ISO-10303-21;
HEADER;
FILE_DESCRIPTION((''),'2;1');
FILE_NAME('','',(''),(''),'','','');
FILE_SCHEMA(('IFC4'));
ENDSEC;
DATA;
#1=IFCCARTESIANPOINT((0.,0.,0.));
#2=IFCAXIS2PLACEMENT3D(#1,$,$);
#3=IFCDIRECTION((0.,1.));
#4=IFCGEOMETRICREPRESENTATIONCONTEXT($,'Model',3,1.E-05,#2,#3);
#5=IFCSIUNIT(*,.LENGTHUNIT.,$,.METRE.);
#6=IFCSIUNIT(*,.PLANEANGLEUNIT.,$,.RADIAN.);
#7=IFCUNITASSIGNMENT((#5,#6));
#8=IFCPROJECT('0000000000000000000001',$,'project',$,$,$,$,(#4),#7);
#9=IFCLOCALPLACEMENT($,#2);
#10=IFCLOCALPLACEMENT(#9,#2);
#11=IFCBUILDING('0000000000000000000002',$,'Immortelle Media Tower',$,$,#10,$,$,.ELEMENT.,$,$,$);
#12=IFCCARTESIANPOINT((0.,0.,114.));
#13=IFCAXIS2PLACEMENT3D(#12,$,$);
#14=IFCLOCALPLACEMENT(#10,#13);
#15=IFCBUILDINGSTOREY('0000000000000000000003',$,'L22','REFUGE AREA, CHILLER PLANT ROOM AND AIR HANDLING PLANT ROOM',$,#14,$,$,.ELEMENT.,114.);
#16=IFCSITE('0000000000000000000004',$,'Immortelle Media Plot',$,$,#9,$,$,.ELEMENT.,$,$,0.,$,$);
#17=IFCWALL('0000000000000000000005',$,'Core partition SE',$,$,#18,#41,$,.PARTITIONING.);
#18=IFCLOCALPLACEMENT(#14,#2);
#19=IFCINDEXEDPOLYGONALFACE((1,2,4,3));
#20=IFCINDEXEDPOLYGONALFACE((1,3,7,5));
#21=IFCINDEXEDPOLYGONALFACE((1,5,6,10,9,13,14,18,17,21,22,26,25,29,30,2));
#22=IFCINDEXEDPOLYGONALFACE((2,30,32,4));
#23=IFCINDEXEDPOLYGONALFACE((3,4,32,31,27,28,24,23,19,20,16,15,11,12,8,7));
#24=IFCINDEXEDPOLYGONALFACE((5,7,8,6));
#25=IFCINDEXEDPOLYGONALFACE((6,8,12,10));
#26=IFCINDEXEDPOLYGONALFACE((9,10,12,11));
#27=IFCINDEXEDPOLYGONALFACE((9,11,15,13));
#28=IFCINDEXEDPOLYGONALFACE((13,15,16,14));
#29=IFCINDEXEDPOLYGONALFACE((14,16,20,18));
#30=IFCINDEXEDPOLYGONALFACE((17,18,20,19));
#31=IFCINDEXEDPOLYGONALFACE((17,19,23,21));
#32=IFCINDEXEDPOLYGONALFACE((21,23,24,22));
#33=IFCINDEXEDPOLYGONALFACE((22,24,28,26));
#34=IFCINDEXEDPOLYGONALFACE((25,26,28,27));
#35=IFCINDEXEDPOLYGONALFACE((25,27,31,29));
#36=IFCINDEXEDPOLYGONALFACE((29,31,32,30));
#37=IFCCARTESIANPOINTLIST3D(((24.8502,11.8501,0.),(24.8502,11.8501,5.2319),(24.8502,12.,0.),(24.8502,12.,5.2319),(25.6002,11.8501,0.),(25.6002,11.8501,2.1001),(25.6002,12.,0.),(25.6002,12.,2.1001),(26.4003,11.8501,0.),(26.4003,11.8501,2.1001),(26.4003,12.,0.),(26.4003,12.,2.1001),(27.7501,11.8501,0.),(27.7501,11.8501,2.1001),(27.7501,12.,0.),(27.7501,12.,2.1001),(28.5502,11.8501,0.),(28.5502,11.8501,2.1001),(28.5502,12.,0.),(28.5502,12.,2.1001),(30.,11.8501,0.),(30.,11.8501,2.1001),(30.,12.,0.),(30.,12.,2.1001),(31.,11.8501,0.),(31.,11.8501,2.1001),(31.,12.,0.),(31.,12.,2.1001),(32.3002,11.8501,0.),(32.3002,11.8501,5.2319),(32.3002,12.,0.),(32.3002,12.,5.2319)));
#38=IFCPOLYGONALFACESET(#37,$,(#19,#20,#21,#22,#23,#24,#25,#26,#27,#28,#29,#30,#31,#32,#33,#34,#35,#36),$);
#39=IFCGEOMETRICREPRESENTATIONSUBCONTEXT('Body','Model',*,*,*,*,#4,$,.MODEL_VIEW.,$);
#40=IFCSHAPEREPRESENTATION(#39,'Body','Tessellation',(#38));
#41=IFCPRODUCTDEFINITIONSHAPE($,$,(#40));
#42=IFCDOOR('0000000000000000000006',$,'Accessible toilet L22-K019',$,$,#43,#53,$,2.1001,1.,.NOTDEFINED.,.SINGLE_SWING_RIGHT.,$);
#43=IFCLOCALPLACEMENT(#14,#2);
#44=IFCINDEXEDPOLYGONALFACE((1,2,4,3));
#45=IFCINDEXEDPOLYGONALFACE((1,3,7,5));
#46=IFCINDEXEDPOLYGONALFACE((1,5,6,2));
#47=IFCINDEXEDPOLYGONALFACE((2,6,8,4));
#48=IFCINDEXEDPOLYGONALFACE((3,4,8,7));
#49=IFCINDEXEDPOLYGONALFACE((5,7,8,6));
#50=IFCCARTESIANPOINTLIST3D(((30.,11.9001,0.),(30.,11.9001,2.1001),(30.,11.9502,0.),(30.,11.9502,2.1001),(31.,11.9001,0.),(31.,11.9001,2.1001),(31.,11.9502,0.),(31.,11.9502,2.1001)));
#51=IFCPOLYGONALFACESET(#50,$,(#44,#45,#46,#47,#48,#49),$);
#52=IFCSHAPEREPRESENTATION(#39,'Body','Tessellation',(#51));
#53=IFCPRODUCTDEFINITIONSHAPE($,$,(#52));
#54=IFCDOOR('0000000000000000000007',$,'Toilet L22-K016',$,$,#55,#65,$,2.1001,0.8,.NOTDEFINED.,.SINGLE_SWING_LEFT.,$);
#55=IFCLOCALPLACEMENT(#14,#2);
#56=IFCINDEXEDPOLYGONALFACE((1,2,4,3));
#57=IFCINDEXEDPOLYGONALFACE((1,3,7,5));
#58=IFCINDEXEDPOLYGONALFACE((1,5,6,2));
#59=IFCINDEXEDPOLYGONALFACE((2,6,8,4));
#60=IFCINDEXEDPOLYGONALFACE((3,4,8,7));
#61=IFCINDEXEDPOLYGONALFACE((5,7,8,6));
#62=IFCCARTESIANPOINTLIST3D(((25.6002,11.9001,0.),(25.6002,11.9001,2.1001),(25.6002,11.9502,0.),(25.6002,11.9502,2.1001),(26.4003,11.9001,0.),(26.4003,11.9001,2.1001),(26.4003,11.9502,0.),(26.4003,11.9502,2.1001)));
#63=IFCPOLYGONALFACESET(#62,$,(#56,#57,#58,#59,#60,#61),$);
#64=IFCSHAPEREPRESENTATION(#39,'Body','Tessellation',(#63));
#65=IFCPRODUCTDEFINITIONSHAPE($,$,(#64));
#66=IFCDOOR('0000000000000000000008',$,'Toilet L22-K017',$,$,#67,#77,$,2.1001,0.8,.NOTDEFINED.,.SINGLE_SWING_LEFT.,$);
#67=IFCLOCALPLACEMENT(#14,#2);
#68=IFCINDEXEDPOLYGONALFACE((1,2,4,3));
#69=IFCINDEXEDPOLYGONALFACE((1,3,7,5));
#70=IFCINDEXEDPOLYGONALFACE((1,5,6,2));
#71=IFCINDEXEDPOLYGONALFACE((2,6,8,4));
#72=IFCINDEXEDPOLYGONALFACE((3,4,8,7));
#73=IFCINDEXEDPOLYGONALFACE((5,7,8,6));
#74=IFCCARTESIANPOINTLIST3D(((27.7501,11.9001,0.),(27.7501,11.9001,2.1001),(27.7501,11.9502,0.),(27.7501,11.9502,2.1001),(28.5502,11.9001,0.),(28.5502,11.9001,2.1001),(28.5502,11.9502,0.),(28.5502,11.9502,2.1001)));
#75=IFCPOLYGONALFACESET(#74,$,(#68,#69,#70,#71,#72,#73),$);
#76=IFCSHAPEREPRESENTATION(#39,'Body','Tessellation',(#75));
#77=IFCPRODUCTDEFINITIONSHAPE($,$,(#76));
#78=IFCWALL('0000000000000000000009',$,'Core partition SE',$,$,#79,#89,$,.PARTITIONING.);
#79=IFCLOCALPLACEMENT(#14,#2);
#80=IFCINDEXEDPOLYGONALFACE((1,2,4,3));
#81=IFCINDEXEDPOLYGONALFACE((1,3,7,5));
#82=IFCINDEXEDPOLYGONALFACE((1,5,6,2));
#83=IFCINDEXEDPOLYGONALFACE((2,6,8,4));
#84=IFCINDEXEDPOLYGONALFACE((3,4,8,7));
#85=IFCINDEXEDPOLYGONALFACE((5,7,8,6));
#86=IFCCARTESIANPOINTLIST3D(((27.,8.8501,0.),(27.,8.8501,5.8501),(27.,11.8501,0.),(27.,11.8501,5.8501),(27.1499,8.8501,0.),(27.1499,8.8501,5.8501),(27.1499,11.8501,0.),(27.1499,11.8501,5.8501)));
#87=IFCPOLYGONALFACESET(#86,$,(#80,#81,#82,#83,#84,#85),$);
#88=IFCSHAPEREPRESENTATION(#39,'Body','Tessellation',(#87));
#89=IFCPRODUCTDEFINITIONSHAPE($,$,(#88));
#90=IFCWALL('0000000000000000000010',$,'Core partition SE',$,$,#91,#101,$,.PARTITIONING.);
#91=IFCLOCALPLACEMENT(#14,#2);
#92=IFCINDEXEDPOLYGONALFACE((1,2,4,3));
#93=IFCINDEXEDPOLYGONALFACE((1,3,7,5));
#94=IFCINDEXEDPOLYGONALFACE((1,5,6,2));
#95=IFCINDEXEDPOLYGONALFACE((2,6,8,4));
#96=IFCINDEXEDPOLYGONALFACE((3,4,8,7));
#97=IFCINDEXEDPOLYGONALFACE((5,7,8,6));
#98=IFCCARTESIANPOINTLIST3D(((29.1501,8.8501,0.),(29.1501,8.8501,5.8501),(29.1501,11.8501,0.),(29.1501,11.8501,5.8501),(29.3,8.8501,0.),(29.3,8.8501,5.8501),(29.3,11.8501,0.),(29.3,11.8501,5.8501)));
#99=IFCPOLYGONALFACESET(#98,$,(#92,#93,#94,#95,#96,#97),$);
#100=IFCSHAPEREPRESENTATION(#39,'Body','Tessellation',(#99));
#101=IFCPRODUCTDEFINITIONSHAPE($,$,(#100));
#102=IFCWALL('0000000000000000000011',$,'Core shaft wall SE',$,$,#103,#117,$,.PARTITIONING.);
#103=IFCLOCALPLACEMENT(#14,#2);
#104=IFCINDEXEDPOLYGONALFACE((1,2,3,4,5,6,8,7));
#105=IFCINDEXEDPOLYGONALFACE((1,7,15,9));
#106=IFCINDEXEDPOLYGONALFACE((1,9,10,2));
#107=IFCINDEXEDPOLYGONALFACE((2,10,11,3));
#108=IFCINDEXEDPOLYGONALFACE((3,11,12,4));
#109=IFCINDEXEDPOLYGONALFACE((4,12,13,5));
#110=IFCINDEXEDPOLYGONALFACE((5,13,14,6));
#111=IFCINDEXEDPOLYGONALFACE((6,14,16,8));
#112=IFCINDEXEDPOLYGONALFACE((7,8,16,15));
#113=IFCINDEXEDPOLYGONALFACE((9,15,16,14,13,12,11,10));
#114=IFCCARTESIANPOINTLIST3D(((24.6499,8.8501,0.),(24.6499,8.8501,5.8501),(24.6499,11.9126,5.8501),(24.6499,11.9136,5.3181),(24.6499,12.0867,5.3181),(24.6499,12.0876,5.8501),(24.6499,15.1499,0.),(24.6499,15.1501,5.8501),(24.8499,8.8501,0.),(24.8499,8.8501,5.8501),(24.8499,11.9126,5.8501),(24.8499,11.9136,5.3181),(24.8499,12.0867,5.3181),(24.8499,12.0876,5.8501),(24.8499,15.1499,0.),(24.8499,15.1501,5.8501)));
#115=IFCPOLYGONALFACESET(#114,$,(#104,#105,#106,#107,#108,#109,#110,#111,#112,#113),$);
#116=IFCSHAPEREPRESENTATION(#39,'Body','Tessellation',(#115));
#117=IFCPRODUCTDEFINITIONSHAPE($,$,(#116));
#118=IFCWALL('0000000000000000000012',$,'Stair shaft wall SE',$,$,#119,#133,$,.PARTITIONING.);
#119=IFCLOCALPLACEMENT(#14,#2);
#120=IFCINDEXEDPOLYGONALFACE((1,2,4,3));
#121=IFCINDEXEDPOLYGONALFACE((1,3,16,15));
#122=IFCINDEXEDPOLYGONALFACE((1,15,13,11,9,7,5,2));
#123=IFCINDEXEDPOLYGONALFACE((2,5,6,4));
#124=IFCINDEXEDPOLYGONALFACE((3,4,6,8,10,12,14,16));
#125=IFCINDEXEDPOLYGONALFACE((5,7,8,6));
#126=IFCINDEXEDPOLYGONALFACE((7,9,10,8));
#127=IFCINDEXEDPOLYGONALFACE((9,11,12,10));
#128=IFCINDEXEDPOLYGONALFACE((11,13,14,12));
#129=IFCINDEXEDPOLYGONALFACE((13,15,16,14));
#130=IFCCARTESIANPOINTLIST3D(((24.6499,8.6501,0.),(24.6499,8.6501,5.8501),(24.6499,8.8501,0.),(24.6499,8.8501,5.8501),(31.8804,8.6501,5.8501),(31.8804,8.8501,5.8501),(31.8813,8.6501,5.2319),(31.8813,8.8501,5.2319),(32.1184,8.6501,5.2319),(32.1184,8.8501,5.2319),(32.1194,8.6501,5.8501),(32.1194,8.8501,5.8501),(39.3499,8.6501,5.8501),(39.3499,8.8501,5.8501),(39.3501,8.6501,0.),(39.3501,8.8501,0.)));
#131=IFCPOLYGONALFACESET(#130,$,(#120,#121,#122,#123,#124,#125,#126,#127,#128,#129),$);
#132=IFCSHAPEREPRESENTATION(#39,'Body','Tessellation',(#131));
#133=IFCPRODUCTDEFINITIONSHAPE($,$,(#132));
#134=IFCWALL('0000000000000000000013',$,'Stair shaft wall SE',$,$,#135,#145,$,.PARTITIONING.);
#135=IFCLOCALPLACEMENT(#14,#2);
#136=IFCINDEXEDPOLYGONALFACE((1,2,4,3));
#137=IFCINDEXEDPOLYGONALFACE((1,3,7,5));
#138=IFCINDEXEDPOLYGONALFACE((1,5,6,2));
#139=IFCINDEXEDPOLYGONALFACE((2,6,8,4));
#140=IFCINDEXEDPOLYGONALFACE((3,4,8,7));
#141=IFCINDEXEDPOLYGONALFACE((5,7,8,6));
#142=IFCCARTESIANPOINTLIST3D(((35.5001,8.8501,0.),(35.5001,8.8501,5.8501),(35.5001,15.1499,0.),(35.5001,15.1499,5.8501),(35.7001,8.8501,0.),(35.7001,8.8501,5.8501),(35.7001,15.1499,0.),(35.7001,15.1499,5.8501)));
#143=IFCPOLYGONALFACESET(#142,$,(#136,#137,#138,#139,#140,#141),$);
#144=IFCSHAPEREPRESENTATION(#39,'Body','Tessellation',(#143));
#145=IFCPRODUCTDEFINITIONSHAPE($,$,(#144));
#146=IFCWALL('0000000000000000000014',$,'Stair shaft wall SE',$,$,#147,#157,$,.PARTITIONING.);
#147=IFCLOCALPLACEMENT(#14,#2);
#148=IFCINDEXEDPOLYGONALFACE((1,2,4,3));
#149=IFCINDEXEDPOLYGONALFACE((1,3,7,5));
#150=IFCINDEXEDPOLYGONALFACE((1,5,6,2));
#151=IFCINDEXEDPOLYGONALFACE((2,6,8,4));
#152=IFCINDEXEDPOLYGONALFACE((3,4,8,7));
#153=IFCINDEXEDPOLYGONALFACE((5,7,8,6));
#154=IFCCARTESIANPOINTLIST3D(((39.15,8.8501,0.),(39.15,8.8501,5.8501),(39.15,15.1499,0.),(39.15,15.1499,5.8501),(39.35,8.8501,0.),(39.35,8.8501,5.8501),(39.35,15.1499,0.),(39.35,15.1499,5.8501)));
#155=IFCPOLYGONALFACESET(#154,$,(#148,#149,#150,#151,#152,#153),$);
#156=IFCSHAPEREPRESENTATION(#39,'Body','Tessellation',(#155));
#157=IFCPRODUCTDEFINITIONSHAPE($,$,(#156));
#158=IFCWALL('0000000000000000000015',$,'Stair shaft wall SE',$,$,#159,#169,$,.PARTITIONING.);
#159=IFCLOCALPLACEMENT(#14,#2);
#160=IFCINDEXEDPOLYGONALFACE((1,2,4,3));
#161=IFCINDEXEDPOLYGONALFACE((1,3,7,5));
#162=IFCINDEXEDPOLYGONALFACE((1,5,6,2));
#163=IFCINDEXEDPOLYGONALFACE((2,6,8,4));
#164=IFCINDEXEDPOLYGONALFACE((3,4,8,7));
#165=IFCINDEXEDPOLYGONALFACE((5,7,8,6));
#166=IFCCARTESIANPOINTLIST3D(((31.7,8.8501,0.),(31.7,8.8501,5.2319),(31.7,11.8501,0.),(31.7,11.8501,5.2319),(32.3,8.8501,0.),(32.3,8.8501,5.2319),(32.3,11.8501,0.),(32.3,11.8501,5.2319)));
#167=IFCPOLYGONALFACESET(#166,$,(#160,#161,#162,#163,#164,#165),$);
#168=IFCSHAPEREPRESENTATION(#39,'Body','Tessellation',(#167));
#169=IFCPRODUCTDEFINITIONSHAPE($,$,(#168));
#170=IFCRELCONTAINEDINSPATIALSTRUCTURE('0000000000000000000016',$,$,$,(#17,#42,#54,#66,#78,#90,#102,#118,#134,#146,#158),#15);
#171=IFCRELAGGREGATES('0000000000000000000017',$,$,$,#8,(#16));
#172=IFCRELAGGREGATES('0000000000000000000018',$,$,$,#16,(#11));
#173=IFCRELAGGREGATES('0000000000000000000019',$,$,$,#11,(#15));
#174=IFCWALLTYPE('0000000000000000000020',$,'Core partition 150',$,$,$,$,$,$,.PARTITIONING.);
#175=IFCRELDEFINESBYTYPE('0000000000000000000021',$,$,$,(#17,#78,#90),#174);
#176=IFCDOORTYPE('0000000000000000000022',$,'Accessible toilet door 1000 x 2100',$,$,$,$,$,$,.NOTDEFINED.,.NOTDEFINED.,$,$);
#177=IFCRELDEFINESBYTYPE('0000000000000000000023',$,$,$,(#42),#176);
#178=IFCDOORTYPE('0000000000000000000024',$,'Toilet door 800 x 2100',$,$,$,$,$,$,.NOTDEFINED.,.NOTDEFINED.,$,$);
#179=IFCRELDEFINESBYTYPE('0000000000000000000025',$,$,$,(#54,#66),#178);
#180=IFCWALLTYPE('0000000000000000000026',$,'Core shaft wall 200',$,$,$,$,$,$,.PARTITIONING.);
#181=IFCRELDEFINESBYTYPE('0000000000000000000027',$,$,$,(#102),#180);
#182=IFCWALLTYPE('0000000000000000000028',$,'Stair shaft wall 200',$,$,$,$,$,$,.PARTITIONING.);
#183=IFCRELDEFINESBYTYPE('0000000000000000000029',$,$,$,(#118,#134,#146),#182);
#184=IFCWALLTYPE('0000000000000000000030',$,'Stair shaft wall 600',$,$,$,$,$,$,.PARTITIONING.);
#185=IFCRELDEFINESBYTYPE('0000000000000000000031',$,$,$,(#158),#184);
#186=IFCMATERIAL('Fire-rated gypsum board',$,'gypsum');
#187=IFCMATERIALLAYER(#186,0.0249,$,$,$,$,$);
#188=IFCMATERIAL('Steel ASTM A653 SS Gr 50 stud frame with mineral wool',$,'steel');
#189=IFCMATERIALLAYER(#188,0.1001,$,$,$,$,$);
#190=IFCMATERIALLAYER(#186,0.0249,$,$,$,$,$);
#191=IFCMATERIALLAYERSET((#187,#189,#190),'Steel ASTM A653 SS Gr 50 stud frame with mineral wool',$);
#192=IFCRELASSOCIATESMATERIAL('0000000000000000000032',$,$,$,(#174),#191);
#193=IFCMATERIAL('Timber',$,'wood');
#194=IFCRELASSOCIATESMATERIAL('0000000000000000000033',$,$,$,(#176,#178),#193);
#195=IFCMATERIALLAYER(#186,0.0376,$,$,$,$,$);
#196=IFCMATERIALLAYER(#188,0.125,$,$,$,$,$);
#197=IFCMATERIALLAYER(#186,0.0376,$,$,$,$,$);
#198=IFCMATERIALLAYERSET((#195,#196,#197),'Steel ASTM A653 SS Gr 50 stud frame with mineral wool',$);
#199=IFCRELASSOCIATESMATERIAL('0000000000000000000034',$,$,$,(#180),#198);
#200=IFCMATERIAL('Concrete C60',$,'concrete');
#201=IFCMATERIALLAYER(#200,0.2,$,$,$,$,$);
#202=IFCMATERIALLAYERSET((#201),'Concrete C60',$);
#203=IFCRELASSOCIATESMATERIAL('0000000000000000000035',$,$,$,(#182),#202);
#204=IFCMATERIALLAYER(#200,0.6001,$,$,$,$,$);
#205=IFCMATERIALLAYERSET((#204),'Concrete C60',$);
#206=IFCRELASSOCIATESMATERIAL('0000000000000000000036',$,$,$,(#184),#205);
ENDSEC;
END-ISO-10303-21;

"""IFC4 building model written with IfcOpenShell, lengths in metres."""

from ifc_helpers import new_model, si_unit, direction, frame, frame_2d, origin, place, context, subcontext, project, spatial, polyline, rectangle, outline, extrude, material, layer, layer_set, type_object, element, fill, save


model = new_model("IFC4")

# Units and contexts
model_context = context("Model", 3, precision=1e-05, world=origin(), true_north=direction((0.0, 1.0)))
body_context = subcontext(model_context, "Body", "Model", "MODEL_VIEW")
ifc_project = project(units=[si_unit("LENGTHUNIT", "METRE"), si_unit("PLANEANGLEUNIT", "RADIAN")], contexts=[model_context])

# Site, building, storey
site_placement = place(None, origin())
site = spatial("IfcSite", under=ifc_project, at=site_placement, Name="Immortelle Media Plot", CompositionType="ELEMENT", RefElevation=0.0)
building_placement = place(site_placement, origin())
building = spatial("IfcBuilding", under=site, at=building_placement, Name="Immortelle Media Tower", CompositionType="ELEMENT")
storey_placement = place(building_placement, frame((0.0, 0.0, 114.0)))
storey = spatial("IfcBuildingStorey", under=building, at=storey_placement, Name="L22", Description="REFUGE AREA, CHILLER PLANT ROOM AND AIR HANDLING PLANT ROOM", CompositionType="ELEMENT", Elevation=114.0)

# Wall, openings, doors
ifc_material_1 = material(Name="Fire-rated gypsum board", Category="gypsum")
ifc_layer_1 = layer(ifc_material_1, 0.0249)
ifc_material_2 = material(Name="Steel ASTM A653 SS Gr 50 stud frame with mineral wool", Category="steel")
ifc_layer_2 = layer(ifc_material_2, 0.1001)
ifc_layer_3 = layer(ifc_material_1, 0.0249)
ifc_layer_set_1 = layer_set([ifc_layer_1, ifc_layer_2, ifc_layer_3], Name="Steel ASTM A653 SS Gr 50 stud frame with mineral wool")
wall_type_1 = type_object("IfcWallType", Name="Core partition 150", PredefinedType="PARTITIONING", material=ifc_layer_set_1)
wall_1_placement = place(storey_placement, frame((24.8501, 11.925, 0.0), z_axis=(0.0, 0.0, 1.0), x_axis=(1.0, 0.0, 0.0)))
wall_1 = element("IfcWall", 1, at=wall_1_placement, inside=storey, type_object=wall_type_1, Name="Core partition SE", PredefinedType="PARTITIONING", context=body_context, shape_type="SweptSolid", body=[
    extrude(rectangle(XDim=7.45, YDim=0.1499, at=frame_2d((3.7251, 0.0))), origin(), (0.0, 0.0, 1.0), 5.2319),
])
opening_1_placement = place(wall_1_placement, frame((1.55, 0.0, 0.0), z_axis=(0.0, 0.0, 1.0), x_axis=(-1.0, 0.0, 0.0)))
opening_1 = element("IfcOpeningElement", 2, at=opening_1_placement, cuts=wall_1, PredefinedType="OPENING", context=body_context, shape_type="SweptSolid", body=[
    extrude(rectangle(XDim=0.8, YDim=2.1001, at=frame_2d((0.3999, 1.05))), frame((0.0, 0.085, 0.0), z_axis=(0.0, -1.0, 0.0), x_axis=(1.0, 0.0, 0.0)), (0.0, 0.0, 1.0), 0.1699),
])
opening_2_placement = place(wall_1_placement, frame((3.7, 0.0, 0.0), z_axis=(0.0, 0.0, 1.0), x_axis=(-1.0, 0.0, 0.0)))
opening_2 = element("IfcOpeningElement", 3, at=opening_2_placement, cuts=wall_1, PredefinedType="OPENING", context=body_context, shape_type="SweptSolid", body=[
    extrude(rectangle(XDim=0.8, YDim=2.1001, at=frame_2d((0.3999, 1.05))), frame((0.0, 0.085, 0.0), z_axis=(0.0, -1.0, 0.0), x_axis=(1.0, 0.0, 0.0)), (0.0, 0.0, 1.0), 0.1699),
])
opening_3_placement = place(wall_1_placement, frame((6.1499, 0.0, 0.0), z_axis=(0.0, 0.0, 1.0), x_axis=(-1.0, 0.0, 0.0)))
opening_3 = element("IfcOpeningElement", 4, at=opening_3_placement, cuts=wall_1, PredefinedType="OPENING", context=body_context, shape_type="SweptSolid", body=[
    extrude(rectangle(XDim=1.0, YDim=2.1001, at=frame_2d((0.5, 1.05))), frame((0.0, 0.085, 0.0), z_axis=(0.0, -1.0, 0.0), x_axis=(1.0, 0.0, 0.0)), (0.0, 0.0, 1.0), 0.1699),
])
ifc_material_3 = material(Name="Timber", Category="wood")
door_type_1 = type_object("IfcDoorType", Name="Accessible toilet door 1000 x 2100", OperationType="NOTDEFINED", PredefinedType="NOTDEFINED", material=ifc_material_3)
door_1_placement = place(opening_3_placement, origin())
door_1 = element("IfcDoor", 5, at=door_1_placement, inside=storey, type_object=door_type_1, Name="Accessible toilet L22-K019", OperationType="SINGLE_SWING_RIGHT", OverallHeight=2.1001, OverallWidth=1.0, PredefinedType="NOTDEFINED", context=body_context, shape_type="SweptSolid", body=[
    extrude(rectangle(XDim=1.0, YDim=2.1001, at=frame_2d((0.5, 1.05))), frame((0.0, 0.0249, 0.0), z_axis=(0.0, -1.0, 0.0), x_axis=(1.0, 0.0, 0.0)), (0.0, 0.0, 1.0), 0.05),
])
fill(opening_3, door_1)
door_type_2 = type_object("IfcDoorType", Name="Toilet door 800 x 2100", OperationType="NOTDEFINED", PredefinedType="NOTDEFINED", material=ifc_material_3)
door_2_placement = place(opening_1_placement, origin())
door_2 = element("IfcDoor", 6, at=door_2_placement, inside=storey, type_object=door_type_2, Name="Toilet L22-K016", OperationType="SINGLE_SWING_LEFT", OverallHeight=2.1001, OverallWidth=0.8, PredefinedType="NOTDEFINED", context=body_context, shape_type="SweptSolid", body=[
    extrude(rectangle(XDim=0.8, YDim=2.1001, at=frame_2d((0.3999, 1.05))), frame((0.0, 0.0249, 0.0), z_axis=(0.0, -1.0, 0.0), x_axis=(1.0, 0.0, 0.0)), (0.0, 0.0, 1.0), 0.05),
])
fill(opening_1, door_2)
door_3_placement = place(opening_2_placement, origin())
door_3 = element("IfcDoor", 7, at=door_3_placement, inside=storey, type_object=door_type_2, Name="Toilet L22-K017", OperationType="SINGLE_SWING_LEFT", OverallHeight=2.1001, OverallWidth=0.8, PredefinedType="NOTDEFINED", context=body_context, shape_type="SweptSolid", body=[
    extrude(rectangle(XDim=0.8, YDim=2.1001, at=frame_2d((0.3999, 1.05))), frame((0.0, 0.0249, 0.0), z_axis=(0.0, -1.0, 0.0), x_axis=(1.0, 0.0, 0.0)), (0.0, 0.0, 1.0), 0.05),
])
fill(opening_2, door_3)

# Walls
for number, where, z_axis, x_axis, name in (
    (8, (27.075, 8.8501, 0.0), (0.0, 0.0, 1.0), (0.0, 1.0, 0.0), "Core partition SE"),
    (9, (29.2251, 8.8501, 0.0), (0.0, 0.0, 1.0), (0.0, 1.0, 0.0), "Core partition SE"),
):
    element("IfcWall", number, at=place(storey_placement, frame(where, z_axis=z_axis, x_axis=x_axis)), inside=storey, type_object=wall_type_1, Name=name, PredefinedType="PARTITIONING", context=body_context, shape_type="SweptSolid", body=[
        extrude(rectangle(XDim=3.0, YDim=0.1499, at=frame_2d((1.5, 0.0))), origin(), (0.0, 0.0, 1.0), 5.8501),
    ])
ifc_layer_4 = layer(ifc_material_1, 0.0376)
ifc_layer_5 = layer(ifc_material_2, 0.125)
ifc_layer_6 = layer(ifc_material_1, 0.0376)
ifc_layer_set_2 = layer_set([ifc_layer_4, ifc_layer_5, ifc_layer_6], Name="Steel ASTM A653 SS Gr 50 stud frame with mineral wool")
wall_type_2 = type_object("IfcWallType", Name="Core shaft wall 200", PredefinedType="PARTITIONING", material=ifc_layer_set_2)
wall_2_placement = place(storey_placement, frame((24.75, 8.8501, 0.0), z_axis=(0.0, 0.0, 1.0), x_axis=(0.0, 1.0, 0.0)))
element("IfcWall", 10, at=wall_2_placement, inside=storey, type_object=wall_type_2, Name="Core shaft wall SE", PredefinedType="PARTITIONING", context=body_context, shape_type="SweptSolid", body=[
    extrude(outline(polyline([(0.0, 0.0), (6.2998, 0.0), (6.3, 5.8501), (3.2375, 5.8501), (3.2366, 5.3181), (3.0635, 5.3181), (3.0625, 5.8501), (0.0, 5.8501), (0.0, 0.0)])), frame((0.0, 0.1001, 0.0), z_axis=(0.0, -1.0, 0.0), x_axis=(1.0, 0.0, 0.0)), (0.0, 0.0, 1.0), 0.2),
])
ifc_material_4 = material(Name="Concrete C60", Category="concrete")
ifc_layer_7 = layer(ifc_material_4, 0.2)
ifc_layer_set_3 = layer_set([ifc_layer_7], Name="Concrete C60")
wall_type_3 = type_object("IfcWallType", Name="Stair shaft wall 200", PredefinedType="PARTITIONING", material=ifc_layer_set_3)
wall_3_placement = place(storey_placement, frame((24.6499, 8.75, 0.0), z_axis=(0.0, 0.0, 1.0), x_axis=(1.0, 0.0, 0.0)))
element("IfcWall", 11, at=wall_3_placement, inside=storey, type_object=wall_type_3, Name="Stair shaft wall SE", PredefinedType="PARTITIONING", context=body_context, shape_type="SweptSolid", body=[
    extrude(outline(polyline([(0.0, 0.0), (14.7002, 0.0), (14.7, 5.8501), (7.4695, 5.8501), (7.4685, 5.2319), (7.2314, 5.2319), (7.2305, 5.8501), (0.0, 5.8501), (0.0, 0.0)])), frame((0.0, 0.1001, 0.0), z_axis=(0.0, -1.0, 0.0), x_axis=(1.0, 0.0, 0.0)), (0.0, 0.0, 1.0), 0.2),
])
for number, where, z_axis, x_axis, name in (
    (12, (35.6001, 8.8501, 0.0), (0.0, 0.0, 1.0), (0.0, 1.0, 0.0), "Stair shaft wall SE"),
    (13, (39.25, 8.8501, 0.0), (0.0, 0.0, 1.0), (0.0, 1.0, 0.0), "Stair shaft wall SE"),
):
    element("IfcWall", number, at=place(storey_placement, frame(where, z_axis=z_axis, x_axis=x_axis)), inside=storey, type_object=wall_type_3, Name=name, PredefinedType="PARTITIONING", context=body_context, shape_type="SweptSolid", body=[
        extrude(rectangle(XDim=6.2998, YDim=0.2, at=frame_2d((3.1499, 0.0))), origin(), (0.0, 0.0, 1.0), 5.8501),
    ])
ifc_layer_8 = layer(ifc_material_4, 0.6001)
ifc_layer_set_4 = layer_set([ifc_layer_8], Name="Concrete C60")
wall_type_4 = type_object("IfcWallType", Name="Stair shaft wall 600", PredefinedType="PARTITIONING", material=ifc_layer_set_4)
wall_4_placement = place(storey_placement, frame((32.0, 8.8501, 0.0), z_axis=(0.0, 0.0, 1.0), x_axis=(0.0, 1.0, 0.0)))
element("IfcWall", 14, at=wall_4_placement, inside=storey, type_object=wall_type_4, Name="Stair shaft wall SE", PredefinedType="PARTITIONING", context=body_context, shape_type="SweptSolid", body=[
    extrude(rectangle(XDim=3.0, YDim=0.6001, at=frame_2d((1.5, 0.0))), origin(), (0.0, 0.0, 1.0), 5.2319),
])

save(model, "model.ifc")
